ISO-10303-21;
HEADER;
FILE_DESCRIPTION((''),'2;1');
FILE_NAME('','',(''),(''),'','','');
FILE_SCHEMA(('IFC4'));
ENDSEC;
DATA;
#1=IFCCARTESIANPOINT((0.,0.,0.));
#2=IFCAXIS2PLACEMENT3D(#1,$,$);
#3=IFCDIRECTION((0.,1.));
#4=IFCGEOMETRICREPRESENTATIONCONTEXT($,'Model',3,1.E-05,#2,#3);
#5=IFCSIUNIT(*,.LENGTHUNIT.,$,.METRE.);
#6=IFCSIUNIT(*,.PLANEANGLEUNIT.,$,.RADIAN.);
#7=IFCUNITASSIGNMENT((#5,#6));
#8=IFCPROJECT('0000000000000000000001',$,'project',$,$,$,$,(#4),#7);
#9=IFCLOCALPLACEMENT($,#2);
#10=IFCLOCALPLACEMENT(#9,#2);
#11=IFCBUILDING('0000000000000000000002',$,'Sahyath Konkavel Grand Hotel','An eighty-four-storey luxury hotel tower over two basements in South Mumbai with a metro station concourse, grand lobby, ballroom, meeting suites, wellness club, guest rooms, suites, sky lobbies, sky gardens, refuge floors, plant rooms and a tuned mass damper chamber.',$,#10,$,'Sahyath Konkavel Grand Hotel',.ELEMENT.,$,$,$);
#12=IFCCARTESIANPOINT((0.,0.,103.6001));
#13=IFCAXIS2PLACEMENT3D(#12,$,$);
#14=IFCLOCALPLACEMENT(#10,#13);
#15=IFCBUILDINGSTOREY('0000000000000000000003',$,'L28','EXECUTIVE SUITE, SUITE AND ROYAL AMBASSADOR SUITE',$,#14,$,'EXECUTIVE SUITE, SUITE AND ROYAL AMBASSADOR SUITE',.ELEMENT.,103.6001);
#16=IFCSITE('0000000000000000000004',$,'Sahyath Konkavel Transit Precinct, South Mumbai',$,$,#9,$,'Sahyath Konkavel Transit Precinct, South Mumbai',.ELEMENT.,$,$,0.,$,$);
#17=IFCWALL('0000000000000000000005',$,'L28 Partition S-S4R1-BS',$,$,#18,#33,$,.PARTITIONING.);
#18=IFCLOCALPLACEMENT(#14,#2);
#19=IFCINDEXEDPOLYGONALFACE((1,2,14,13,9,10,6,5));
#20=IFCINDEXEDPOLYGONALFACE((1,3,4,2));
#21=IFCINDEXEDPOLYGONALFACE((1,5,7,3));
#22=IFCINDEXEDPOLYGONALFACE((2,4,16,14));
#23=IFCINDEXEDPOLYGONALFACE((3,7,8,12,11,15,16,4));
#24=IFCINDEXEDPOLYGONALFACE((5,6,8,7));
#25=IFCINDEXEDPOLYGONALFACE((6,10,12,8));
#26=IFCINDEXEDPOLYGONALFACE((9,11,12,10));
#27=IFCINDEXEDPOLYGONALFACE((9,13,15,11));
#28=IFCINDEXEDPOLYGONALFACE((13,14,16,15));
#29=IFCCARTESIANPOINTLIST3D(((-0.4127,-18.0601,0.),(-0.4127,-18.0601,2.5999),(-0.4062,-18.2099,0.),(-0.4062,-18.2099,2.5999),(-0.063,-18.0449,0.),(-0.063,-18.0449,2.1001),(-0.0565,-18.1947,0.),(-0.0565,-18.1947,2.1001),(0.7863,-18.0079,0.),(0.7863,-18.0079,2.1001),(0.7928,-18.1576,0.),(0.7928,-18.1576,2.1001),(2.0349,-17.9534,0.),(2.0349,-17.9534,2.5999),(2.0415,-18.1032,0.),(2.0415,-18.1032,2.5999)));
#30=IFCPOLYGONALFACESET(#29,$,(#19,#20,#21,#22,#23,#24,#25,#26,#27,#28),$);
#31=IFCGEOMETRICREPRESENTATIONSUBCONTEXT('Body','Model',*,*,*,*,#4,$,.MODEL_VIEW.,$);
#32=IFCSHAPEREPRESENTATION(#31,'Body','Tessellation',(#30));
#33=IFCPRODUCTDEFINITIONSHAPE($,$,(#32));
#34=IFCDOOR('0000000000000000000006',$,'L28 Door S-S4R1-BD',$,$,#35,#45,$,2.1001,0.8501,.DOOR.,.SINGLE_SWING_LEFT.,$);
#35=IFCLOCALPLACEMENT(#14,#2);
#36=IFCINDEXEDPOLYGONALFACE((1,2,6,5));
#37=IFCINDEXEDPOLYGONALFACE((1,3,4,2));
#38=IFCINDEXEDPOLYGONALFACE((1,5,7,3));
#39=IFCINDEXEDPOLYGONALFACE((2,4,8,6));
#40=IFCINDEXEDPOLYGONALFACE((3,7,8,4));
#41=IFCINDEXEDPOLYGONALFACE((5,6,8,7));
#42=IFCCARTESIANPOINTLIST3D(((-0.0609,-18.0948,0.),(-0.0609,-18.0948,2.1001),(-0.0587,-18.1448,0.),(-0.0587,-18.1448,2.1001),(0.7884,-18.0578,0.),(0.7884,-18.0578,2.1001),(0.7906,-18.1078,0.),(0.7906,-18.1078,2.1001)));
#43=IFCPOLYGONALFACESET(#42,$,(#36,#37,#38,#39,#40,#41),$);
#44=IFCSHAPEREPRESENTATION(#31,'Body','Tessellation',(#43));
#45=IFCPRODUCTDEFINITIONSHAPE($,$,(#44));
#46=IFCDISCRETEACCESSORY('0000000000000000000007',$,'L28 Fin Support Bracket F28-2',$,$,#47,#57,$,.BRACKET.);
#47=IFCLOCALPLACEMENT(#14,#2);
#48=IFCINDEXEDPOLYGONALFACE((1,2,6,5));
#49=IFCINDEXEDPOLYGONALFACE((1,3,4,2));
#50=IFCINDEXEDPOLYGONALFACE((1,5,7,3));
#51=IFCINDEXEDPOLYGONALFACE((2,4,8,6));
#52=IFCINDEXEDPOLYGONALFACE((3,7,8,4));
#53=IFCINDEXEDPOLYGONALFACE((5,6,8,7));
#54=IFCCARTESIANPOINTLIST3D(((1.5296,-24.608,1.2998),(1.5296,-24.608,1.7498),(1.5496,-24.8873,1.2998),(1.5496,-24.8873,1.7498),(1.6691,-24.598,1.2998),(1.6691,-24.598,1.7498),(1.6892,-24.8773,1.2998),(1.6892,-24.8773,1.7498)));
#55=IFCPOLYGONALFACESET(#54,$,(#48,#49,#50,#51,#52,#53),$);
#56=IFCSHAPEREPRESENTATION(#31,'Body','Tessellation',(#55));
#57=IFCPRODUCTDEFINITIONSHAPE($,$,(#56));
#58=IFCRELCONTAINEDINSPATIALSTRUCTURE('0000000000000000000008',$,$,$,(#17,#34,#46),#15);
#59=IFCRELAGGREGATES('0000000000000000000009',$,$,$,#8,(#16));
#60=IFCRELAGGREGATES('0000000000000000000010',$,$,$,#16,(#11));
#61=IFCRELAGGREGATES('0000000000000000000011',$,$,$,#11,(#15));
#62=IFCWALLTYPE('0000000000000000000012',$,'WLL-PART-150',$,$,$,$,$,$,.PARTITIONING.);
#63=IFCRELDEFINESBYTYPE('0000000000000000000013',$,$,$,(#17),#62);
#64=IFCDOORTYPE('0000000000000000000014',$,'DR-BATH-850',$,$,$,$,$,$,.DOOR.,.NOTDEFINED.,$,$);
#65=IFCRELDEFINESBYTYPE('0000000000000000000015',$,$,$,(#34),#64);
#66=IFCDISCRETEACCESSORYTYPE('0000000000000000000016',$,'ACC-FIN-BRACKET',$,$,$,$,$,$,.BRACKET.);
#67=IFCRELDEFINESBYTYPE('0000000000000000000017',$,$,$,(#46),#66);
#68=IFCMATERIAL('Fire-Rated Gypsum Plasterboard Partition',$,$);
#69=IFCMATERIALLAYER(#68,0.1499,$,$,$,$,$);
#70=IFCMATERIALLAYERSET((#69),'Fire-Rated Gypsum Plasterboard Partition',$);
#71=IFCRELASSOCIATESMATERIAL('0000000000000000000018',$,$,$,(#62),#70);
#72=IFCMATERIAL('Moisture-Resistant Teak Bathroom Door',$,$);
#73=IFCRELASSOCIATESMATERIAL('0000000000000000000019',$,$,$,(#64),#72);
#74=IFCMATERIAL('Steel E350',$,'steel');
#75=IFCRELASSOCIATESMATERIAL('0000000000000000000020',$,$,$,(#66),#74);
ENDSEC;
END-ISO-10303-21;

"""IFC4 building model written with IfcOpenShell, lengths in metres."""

from ifc_helpers import new_model, si_unit, direction, frame, frame_2d, origin, origin_2d, place, context, subcontext, project, spatial, rectangle, extrude, source, transform, mapped, material, layer, layer_set, type_object, element, fill, save


model = new_model("IFC4")

# Units and contexts
model_context = context("Model", 3, precision=1e-05, world=origin(), true_north=direction((0.0, 1.0)))
body_context = subcontext(model_context, "Body", "Model", "MODEL_VIEW")
ifc_project = project(units=[si_unit("LENGTHUNIT", "METRE"), si_unit("PLANEANGLEUNIT", "RADIAN")], contexts=[model_context])

# Site, building, storey
site_placement = place(None, origin())
site = spatial("IfcSite", under=ifc_project, at=site_placement, Name="Sahyath Konkavel Transit Precinct, South Mumbai", LongName="Sahyath Konkavel Transit Precinct, South Mumbai", CompositionType="ELEMENT", RefElevation=0.0)
building_placement = place(site_placement, origin())
building = spatial("IfcBuilding", under=site, at=building_placement, Name="Sahyath Konkavel Grand Hotel", Description="An eighty-four-storey luxury hotel tower over two basements in South Mumbai with a metro station concourse, grand lobby, ballroom, meeting suites, wellness club, guest rooms, suites, sky lobbies, sky gardens, refuge floors, plant rooms and a tuned mass damper chamber.", LongName="Sahyath Konkavel Grand Hotel", CompositionType="ELEMENT")
storey_placement = place(building_placement, frame((0.0, 0.0, 103.6001)))
storey = spatial("IfcBuildingStorey", under=building, at=storey_placement, Name="L28", Description="EXECUTIVE SUITE, SUITE AND ROYAL AMBASSADOR SUITE", LongName="EXECUTIVE SUITE, SUITE AND ROYAL AMBASSADOR SUITE", CompositionType="ELEMENT", Elevation=103.6001)

# Shared definitions
ifc_material_1 = material(Name="Steel E350", Category="steel")

# Wall, opening, door
ifc_material_2 = material(Name="Fire-Rated Gypsum Plasterboard Partition")
ifc_layer_1 = layer(ifc_material_2, 0.1499)
ifc_layer_set_1 = layer_set([ifc_layer_1], Name="Fire-Rated Gypsum Plasterboard Partition")
wall_type_1 = type_object("IfcWallType", Name="WLL-PART-150", PredefinedType="PARTITIONING", material=ifc_layer_set_1)
wall_1_placement = place(storey_placement, frame((2.0383, -18.0283, 0.0), z_axis=(0.0, 0.0, 1.0), x_axis=(-0.999051, -0.04355, 0.0)))
wall_1 = element("IfcWall", 1, at=wall_1_placement, inside=storey, type_object=wall_type_1, Name="L28 Partition S-S4R1-BS", PredefinedType="PARTITIONING", context=body_context, shape_type="SweptSolid", body=[
    extrude(rectangle(XDim=2.45, YDim=0.1499, at=frame_2d((1.2251, 0.0))), origin(), (0.0, 0.0, 1.0), 2.5999),
])
opening_placement = place(wall_1_placement, frame((1.25, 0.0, 0.0)))
opening = element("IfcOpeningElement", 2, at=opening_placement, cuts=wall_1, PredefinedType="OPENING", context=body_context, shape_type="SweptSolid", body=[
    extrude(rectangle(XDim=0.8501, YDim=2.1001, at=frame_2d((0.425, 1.05))), frame((0.0, 0.085, 0.0), z_axis=(0.0, -1.0, 0.0), x_axis=(1.0, 0.0, 0.0)), (0.0, 0.0, 1.0), 0.1699),
])
ifc_material_3 = material(Name="Moisture-Resistant Teak Bathroom Door")
door_type = type_object("IfcDoorType", Name="DR-BATH-850", OperationType="NOTDEFINED", PredefinedType="DOOR", material=ifc_material_3)
shared_shape_1 = source(origin(), body_context, "Body", "SweptSolid", [
    extrude(rectangle(XDim=0.8501, YDim=0.05, at=origin_2d()), origin(), (0.0, 0.0, 1.0), 2.1001),
])
door_placement = place(opening_placement, frame((0.425, 0.0, 0.0)))
door = element("IfcDoor", 3, at=door_placement, inside=storey, type_object=door_type, Name="L28 Door S-S4R1-BD", OperationType="SINGLE_SWING_LEFT", OverallHeight=2.1001, OverallWidth=0.8501, PredefinedType="DOOR", context=body_context, shape_type="MappedRepresentation", body=[
    mapped(shared_shape_1, transform((0.0, 0.0, 0.0), scale=1.0)),
])
fill(opening, door)

# Discrete accessory
discrete_accessory_type = type_object("IfcDiscreteAccessoryType", Name="ACC-FIN-BRACKET", PredefinedType="BRACKET", material=ifc_material_1)
shared_shape_2 = source(origin(), body_context, "Body", "SweptSolid", [
    extrude(rectangle(XDim=0.28, YDim=0.1399, at=origin_2d()), origin(), (0.0, 0.0, 1.0), 0.45),
])
discrete_accessory_placement = place(storey_placement, frame((1.6094, -24.7427, 1.2998), z_axis=(0.0, 0.0, 1.0), x_axis=(0.071567, -0.997436, 0.0)))
element("IfcDiscreteAccessory", 4, at=discrete_accessory_placement, inside=storey, type_object=discrete_accessory_type, Name="L28 Fin Support Bracket F28-2", PredefinedType="BRACKET", context=body_context, shape_type="MappedRepresentation", body=[
    mapped(shared_shape_2, transform((0.0, 0.0, 0.0), scale=1.0)),
])

save(model, "model.ifc")
